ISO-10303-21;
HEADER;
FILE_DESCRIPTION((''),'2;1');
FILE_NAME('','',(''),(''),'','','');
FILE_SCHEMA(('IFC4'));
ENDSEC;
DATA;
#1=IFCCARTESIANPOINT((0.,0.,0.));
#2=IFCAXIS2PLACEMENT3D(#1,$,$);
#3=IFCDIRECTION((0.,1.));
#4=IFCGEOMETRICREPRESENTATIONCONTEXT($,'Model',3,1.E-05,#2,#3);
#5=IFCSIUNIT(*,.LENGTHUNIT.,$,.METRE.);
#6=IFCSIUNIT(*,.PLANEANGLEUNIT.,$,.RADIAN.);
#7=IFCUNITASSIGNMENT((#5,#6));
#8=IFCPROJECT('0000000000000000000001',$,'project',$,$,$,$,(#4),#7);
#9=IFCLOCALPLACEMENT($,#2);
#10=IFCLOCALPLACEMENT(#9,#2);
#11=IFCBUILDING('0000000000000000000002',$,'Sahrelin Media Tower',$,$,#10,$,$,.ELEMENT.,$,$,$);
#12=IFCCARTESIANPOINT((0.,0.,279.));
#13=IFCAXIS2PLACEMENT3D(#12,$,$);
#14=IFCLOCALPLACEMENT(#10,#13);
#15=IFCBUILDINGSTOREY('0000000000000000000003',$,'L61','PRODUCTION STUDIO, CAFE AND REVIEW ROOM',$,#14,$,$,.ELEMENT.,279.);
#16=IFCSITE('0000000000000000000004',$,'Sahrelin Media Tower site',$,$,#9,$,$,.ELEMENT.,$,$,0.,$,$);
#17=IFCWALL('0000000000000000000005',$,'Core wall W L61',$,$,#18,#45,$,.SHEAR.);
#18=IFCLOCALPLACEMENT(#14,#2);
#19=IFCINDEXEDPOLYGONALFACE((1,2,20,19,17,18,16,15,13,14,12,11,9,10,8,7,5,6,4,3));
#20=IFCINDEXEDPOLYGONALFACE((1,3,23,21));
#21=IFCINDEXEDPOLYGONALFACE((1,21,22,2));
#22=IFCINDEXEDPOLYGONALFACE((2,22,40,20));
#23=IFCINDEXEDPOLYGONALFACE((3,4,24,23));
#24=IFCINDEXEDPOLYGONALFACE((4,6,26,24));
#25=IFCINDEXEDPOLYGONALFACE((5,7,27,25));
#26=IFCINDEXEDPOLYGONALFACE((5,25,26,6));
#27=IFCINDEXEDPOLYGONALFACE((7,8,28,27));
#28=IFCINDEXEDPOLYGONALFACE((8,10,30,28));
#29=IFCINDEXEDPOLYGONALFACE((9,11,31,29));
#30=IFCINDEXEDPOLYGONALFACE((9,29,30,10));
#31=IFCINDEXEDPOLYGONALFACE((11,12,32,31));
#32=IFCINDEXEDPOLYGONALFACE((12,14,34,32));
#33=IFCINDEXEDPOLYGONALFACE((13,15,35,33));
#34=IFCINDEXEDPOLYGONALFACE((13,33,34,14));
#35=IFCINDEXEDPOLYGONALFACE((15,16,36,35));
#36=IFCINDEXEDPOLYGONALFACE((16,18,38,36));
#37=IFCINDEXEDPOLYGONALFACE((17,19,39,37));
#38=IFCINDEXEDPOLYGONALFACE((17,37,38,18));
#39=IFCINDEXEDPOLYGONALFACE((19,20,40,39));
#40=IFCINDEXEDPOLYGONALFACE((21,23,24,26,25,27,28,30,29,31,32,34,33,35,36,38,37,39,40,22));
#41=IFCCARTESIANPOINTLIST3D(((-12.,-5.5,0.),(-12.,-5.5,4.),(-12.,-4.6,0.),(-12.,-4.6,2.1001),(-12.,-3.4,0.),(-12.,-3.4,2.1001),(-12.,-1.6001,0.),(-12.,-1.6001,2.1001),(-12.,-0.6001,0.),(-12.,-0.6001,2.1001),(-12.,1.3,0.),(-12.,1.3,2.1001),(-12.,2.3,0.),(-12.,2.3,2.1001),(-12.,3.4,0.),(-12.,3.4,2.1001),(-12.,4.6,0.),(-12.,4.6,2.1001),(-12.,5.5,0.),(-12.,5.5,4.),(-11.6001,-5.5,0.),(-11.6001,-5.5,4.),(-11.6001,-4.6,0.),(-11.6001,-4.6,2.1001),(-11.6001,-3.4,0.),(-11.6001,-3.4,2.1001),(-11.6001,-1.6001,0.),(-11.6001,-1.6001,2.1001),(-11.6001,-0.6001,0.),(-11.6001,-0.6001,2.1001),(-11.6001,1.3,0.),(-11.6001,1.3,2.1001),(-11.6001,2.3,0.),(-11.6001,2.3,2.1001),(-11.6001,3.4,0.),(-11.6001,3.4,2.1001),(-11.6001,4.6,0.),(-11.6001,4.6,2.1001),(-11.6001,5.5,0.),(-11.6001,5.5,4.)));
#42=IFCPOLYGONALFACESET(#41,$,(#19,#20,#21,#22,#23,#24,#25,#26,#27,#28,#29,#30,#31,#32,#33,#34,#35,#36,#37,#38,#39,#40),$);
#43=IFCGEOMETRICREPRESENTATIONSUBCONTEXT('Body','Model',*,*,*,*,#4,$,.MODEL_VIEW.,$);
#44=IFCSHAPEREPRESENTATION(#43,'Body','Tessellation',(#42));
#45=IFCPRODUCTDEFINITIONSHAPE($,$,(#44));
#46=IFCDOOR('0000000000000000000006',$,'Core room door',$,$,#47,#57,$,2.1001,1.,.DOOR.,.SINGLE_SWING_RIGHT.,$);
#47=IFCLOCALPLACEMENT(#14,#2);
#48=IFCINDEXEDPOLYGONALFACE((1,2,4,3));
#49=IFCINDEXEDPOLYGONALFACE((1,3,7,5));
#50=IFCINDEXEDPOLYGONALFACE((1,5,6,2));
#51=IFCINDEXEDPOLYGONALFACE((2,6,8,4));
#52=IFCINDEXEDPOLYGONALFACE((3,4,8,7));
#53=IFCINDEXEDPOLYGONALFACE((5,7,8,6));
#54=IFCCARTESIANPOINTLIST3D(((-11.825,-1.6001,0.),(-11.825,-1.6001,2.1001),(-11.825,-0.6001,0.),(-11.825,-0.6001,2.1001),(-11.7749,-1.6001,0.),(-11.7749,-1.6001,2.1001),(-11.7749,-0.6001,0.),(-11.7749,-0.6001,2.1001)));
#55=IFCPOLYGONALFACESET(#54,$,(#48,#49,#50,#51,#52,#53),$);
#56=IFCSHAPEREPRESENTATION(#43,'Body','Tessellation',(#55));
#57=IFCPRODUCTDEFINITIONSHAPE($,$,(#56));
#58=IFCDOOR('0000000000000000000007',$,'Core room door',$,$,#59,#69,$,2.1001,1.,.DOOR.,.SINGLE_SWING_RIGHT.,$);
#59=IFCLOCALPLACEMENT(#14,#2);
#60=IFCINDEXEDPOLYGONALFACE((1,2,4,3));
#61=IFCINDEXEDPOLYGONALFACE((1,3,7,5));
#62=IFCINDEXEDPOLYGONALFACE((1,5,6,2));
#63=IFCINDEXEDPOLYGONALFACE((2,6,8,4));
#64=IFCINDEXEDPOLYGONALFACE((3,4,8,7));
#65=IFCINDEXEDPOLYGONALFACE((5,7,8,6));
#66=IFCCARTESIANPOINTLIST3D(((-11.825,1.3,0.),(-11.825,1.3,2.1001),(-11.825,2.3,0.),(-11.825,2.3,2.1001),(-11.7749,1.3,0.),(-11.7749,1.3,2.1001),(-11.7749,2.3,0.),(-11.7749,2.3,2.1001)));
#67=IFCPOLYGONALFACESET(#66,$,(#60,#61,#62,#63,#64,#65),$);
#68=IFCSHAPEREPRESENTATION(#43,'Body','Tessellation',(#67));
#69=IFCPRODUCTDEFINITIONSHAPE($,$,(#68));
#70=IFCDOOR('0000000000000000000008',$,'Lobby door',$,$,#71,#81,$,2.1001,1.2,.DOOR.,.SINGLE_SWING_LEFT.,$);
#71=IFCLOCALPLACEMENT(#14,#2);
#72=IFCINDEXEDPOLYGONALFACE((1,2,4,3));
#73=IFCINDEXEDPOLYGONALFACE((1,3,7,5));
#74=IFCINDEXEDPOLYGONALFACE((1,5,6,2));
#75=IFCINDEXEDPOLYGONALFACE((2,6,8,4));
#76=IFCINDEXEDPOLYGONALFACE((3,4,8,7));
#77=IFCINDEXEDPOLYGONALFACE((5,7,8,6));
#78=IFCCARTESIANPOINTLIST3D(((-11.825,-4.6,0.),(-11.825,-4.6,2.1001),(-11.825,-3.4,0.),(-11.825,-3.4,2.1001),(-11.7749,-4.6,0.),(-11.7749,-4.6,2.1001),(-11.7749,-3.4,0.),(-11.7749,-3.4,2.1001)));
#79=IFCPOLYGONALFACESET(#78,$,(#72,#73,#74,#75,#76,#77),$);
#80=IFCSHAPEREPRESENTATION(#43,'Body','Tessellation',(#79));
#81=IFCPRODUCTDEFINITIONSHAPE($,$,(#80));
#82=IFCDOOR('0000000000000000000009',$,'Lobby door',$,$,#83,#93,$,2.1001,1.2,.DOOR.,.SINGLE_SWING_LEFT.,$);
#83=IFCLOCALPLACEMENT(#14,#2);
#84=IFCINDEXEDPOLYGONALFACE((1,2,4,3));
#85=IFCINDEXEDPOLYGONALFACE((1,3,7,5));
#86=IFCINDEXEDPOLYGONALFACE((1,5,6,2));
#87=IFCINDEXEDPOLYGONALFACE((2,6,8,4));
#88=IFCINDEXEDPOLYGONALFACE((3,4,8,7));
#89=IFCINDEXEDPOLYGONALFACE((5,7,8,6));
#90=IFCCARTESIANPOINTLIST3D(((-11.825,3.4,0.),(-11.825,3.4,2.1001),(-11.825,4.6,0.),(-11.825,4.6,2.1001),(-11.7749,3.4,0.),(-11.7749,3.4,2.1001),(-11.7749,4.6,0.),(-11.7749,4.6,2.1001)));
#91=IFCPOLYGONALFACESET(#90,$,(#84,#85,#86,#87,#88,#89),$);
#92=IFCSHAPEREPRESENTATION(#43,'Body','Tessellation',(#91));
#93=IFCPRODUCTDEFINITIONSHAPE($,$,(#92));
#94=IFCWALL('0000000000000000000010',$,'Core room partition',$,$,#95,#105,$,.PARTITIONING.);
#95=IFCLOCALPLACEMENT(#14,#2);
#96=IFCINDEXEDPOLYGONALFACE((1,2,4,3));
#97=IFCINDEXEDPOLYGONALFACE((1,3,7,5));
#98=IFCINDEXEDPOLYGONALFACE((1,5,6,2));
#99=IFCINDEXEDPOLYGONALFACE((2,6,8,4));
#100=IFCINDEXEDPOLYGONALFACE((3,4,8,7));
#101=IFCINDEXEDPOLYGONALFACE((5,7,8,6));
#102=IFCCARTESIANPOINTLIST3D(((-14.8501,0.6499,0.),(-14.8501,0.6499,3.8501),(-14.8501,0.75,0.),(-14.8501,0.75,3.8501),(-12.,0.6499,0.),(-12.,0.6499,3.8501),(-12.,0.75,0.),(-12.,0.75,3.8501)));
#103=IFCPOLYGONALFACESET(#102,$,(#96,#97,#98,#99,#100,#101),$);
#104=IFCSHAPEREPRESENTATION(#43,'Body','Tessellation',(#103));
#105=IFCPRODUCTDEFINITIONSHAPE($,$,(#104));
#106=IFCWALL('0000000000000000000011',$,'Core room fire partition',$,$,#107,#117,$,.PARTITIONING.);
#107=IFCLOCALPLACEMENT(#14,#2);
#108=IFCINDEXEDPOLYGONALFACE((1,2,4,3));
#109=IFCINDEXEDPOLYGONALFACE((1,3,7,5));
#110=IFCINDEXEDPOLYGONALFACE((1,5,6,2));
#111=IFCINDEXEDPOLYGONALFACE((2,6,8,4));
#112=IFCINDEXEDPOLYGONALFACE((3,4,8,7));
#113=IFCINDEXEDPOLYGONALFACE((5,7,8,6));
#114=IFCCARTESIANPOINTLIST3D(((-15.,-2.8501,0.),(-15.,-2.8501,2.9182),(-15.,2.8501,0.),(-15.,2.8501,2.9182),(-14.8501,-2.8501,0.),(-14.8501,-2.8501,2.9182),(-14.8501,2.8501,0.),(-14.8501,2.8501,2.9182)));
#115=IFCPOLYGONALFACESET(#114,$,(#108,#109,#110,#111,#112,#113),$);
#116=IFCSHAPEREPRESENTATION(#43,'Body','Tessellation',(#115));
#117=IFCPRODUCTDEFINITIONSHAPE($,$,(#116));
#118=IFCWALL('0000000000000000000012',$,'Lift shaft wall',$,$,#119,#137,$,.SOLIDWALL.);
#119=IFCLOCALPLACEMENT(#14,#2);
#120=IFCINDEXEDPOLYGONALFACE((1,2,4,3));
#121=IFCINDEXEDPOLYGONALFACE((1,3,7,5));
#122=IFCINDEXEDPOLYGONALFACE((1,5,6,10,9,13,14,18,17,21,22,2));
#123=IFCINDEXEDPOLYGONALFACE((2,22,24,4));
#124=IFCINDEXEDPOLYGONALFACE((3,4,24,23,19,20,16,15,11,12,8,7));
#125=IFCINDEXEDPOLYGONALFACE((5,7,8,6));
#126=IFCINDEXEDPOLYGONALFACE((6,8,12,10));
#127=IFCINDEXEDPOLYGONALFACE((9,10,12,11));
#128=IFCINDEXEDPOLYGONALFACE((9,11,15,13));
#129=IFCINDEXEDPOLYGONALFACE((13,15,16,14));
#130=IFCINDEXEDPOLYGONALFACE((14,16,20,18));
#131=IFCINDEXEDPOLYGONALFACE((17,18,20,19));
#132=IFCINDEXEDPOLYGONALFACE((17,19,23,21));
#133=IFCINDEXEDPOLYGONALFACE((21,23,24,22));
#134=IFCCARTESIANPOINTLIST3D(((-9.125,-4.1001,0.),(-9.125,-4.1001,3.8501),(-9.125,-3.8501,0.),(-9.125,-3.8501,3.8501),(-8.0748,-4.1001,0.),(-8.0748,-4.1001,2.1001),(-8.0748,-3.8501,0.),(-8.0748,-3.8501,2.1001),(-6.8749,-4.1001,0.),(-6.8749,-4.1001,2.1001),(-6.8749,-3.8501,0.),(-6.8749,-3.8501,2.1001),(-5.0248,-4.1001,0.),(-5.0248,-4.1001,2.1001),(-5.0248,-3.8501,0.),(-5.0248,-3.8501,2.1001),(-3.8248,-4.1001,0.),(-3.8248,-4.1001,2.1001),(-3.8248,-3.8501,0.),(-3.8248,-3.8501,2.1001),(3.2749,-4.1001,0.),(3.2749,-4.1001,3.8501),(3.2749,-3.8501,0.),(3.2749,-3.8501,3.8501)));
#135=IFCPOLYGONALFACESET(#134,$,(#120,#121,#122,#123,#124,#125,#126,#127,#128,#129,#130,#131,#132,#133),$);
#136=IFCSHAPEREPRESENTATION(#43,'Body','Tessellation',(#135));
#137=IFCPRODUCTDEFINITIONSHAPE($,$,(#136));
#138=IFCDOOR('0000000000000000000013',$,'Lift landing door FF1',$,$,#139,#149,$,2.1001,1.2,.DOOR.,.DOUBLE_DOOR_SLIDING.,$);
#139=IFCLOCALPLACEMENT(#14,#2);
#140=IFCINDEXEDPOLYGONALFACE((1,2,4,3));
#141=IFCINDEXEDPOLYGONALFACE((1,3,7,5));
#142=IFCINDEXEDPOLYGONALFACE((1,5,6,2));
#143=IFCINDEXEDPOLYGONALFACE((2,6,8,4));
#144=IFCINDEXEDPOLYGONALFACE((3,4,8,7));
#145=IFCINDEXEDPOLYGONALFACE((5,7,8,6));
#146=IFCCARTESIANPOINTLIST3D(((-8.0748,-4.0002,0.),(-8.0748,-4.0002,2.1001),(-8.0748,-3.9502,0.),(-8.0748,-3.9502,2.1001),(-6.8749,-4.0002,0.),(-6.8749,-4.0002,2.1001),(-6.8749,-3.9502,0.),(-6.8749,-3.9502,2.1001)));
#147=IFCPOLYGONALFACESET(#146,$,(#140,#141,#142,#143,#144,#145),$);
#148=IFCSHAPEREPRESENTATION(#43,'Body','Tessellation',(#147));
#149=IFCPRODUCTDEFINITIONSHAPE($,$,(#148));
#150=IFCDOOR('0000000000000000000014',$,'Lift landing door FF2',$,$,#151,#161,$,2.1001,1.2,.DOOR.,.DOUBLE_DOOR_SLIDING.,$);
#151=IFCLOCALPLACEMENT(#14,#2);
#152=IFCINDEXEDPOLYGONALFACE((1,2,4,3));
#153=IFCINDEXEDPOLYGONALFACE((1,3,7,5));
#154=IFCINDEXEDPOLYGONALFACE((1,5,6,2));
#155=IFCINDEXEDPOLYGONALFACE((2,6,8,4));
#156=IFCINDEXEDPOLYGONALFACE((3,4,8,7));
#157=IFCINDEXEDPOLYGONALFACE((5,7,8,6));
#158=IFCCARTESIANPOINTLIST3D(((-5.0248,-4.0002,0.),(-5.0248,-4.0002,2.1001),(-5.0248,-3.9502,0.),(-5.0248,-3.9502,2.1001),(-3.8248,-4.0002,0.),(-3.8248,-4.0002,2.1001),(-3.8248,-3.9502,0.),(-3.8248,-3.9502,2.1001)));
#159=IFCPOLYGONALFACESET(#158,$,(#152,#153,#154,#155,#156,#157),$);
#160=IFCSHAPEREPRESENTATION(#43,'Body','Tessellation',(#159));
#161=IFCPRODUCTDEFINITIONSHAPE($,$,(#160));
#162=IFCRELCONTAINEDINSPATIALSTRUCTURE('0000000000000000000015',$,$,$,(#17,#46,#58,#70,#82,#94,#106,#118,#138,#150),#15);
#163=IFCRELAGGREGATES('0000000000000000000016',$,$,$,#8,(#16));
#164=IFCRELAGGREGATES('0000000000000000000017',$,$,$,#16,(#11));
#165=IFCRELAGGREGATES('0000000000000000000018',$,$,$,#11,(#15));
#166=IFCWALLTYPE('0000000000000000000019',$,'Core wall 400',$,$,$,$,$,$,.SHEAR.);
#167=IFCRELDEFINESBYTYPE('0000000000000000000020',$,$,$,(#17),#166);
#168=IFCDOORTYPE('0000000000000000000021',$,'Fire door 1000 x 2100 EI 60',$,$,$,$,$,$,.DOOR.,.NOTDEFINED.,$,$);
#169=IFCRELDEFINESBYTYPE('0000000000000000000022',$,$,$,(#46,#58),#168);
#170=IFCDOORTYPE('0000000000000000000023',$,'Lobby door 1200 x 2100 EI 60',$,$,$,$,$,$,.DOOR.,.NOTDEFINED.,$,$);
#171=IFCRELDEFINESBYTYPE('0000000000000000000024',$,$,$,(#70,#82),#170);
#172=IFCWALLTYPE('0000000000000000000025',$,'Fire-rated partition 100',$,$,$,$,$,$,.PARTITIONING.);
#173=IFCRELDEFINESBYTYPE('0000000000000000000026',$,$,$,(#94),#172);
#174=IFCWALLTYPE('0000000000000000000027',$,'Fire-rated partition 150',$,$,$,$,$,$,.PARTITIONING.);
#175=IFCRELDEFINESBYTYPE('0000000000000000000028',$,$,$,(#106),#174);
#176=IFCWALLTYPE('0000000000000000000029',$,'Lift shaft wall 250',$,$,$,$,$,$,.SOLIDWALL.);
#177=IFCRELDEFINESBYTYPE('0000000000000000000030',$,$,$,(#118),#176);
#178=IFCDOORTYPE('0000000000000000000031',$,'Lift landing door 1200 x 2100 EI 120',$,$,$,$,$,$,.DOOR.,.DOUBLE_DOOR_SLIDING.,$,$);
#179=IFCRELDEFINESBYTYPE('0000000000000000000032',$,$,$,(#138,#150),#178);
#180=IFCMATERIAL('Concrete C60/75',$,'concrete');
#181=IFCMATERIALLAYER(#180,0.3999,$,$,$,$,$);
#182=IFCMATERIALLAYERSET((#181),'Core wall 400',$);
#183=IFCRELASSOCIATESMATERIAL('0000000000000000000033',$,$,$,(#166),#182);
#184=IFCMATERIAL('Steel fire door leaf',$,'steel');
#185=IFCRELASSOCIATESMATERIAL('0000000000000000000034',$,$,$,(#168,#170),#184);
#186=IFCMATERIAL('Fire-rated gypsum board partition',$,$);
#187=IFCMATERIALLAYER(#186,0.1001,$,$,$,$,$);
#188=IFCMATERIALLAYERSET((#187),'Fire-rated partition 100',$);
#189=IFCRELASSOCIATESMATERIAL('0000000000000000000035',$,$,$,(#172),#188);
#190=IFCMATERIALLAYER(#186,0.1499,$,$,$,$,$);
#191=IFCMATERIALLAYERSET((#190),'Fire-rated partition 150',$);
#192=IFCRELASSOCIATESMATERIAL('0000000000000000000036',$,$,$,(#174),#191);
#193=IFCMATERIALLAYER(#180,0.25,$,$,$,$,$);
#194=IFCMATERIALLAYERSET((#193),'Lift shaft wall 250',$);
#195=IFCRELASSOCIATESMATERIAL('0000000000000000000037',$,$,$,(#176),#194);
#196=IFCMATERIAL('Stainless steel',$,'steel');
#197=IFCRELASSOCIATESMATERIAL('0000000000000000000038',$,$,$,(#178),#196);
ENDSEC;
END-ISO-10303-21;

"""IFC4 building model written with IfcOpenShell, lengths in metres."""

from ifc_helpers import new_model, si_unit, direction, frame, frame_2d, origin, place, context, subcontext, project, spatial, rectangle, extrude, material, layer, layer_set, type_object, element, fill, save


model = new_model("IFC4")

# Units and contexts
model_context = context("Model", 3, precision=1e-05, world=origin(), true_north=direction((0.0, 1.0)))
body_context = subcontext(model_context, "Body", "Model", "MODEL_VIEW")
ifc_project = project(units=[si_unit("LENGTHUNIT", "METRE"), si_unit("PLANEANGLEUNIT", "RADIAN")], contexts=[model_context])

# Site, building, storey
site_placement = place(None, origin())
site = spatial("IfcSite", under=ifc_project, at=site_placement, Name="Sahrelin Media Tower site", CompositionType="ELEMENT", RefElevation=0.0)
building_placement = place(site_placement, origin())
building = spatial("IfcBuilding", under=site, at=building_placement, Name="Sahrelin Media Tower", CompositionType="ELEMENT")
storey_placement = place(building_placement, frame((0.0, 0.0, 279.0)))
storey = spatial("IfcBuildingStorey", under=building, at=storey_placement, Name="L61", Description="PRODUCTION STUDIO, CAFE AND REVIEW ROOM", CompositionType="ELEMENT", Elevation=279.0)

# Wall, openings, doors
ifc_material_1 = material(Name="Concrete C60/75", Category="concrete")
ifc_layer_1 = layer(ifc_material_1, 0.3999)
ifc_layer_set_1 = layer_set([ifc_layer_1], Name="Core wall 400")
wall_type_1 = type_object("IfcWallType", Name="Core wall 400", PredefinedType="SHEAR", material=ifc_layer_set_1)
wall_1_placement = place(storey_placement, frame((-11.8, -5.5, 0.0), z_axis=(0.0, 0.0, 1.0), x_axis=(0.0, 1.0, 0.0)))
wall_1 = element("IfcWall", 1, at=wall_1_placement, inside=storey, type_object=wall_type_1, Name="Core wall W L61", PredefinedType="SHEAR", context=body_context, shape_type="SweptSolid", body=[
    extrude(rectangle(XDim=11.0, YDim=0.3999, at=frame_2d((5.5, 0.0))), origin(), (0.0, 0.0, 1.0), 4.0),
])
opening_1_placement = place(wall_1_placement, frame((3.8999, 0.0, 0.0)))
opening_1 = element("IfcOpeningElement", 2, at=opening_1_placement, cuts=wall_1, PredefinedType="OPENING", context=body_context, shape_type="SweptSolid", body=[
    extrude(rectangle(XDim=1.0, YDim=2.1001, at=frame_2d((0.5, 1.05))), frame((0.0, 0.2, 0.0), z_axis=(0.0, -1.0, 0.0), x_axis=(1.0, 0.0, 0.0)), (0.0, 0.0, 1.0), 0.3999),
])
opening_2_placement = place(wall_1_placement, frame((6.8, 0.0, 0.0)))
opening_2 = element("IfcOpeningElement", 3, at=opening_2_placement, cuts=wall_1, PredefinedType="OPENING", context=body_context, shape_type="SweptSolid", body=[
    extrude(rectangle(XDim=1.0, YDim=2.1001, at=frame_2d((0.5, 1.05))), frame((0.0, 0.2, 0.0), z_axis=(0.0, -1.0, 0.0), x_axis=(1.0, 0.0, 0.0)), (0.0, 0.0, 1.0), 0.3999),
])
opening_3_placement = place(wall_1_placement, frame((0.8999, 0.0, 0.0)))
opening_3 = element("IfcOpeningElement", 4, at=opening_3_placement, cuts=wall_1, PredefinedType="OPENING", context=body_context, shape_type="SweptSolid", body=[
    extrude(rectangle(XDim=1.2, YDim=2.1001, at=frame_2d((0.6001, 1.05))), frame((0.0, 0.2, 0.0), z_axis=(0.0, -1.0, 0.0), x_axis=(1.0, 0.0, 0.0)), (0.0, 0.0, 1.0), 0.3999),
])
opening_4_placement = place(wall_1_placement, frame((8.8999, 0.0, 0.0)))
opening_4 = element("IfcOpeningElement", 5, at=opening_4_placement, cuts=wall_1, PredefinedType="OPENING", context=body_context, shape_type="SweptSolid", body=[
    extrude(rectangle(XDim=1.2, YDim=2.1001, at=frame_2d((0.6001, 1.05))), frame((0.0, 0.2, 0.0), z_axis=(0.0, -1.0, 0.0), x_axis=(1.0, 0.0, 0.0)), (0.0, 0.0, 1.0), 0.3999),
])
ifc_material_2 = material(Name="Steel fire door leaf", Category="steel")
door_type_1 = type_object("IfcDoorType", Name="Fire door 1000 x 2100 EI 60", OperationType="NOTDEFINED", PredefinedType="DOOR", material=ifc_material_2)
door_1_placement = place(opening_1_placement, origin())
door_1 = element("IfcDoor", 6, at=door_1_placement, inside=storey, type_object=door_type_1, Name="Core room door", OperationType="SINGLE_SWING_RIGHT", OverallHeight=2.1001, OverallWidth=1.0, PredefinedType="DOOR", context=body_context, shape_type="SweptSolid", body=[
    extrude(rectangle(XDim=1.0, YDim=2.1001, at=frame_2d((0.5, 1.05))), frame((0.0, 0.0249, 0.0), z_axis=(0.0, -1.0, 0.0), x_axis=(1.0, 0.0, 0.0)), (0.0, 0.0, 1.0), 0.05),
])
fill(opening_1, door_1)
door_2_placement = place(opening_2_placement, origin())
door_2 = element("IfcDoor", 7, at=door_2_placement, inside=storey, type_object=door_type_1, Name="Core room door", OperationType="SINGLE_SWING_RIGHT", OverallHeight=2.1001, OverallWidth=1.0, PredefinedType="DOOR", context=body_context, shape_type="SweptSolid", body=[
    extrude(rectangle(XDim=1.0, YDim=2.1001, at=frame_2d((0.5, 1.05))), frame((0.0, 0.0249, 0.0), z_axis=(0.0, -1.0, 0.0), x_axis=(1.0, 0.0, 0.0)), (0.0, 0.0, 1.0), 0.05),
])
fill(opening_2, door_2)
door_type_2 = type_object("IfcDoorType", Name="Lobby door 1200 x 2100 EI 60", OperationType="NOTDEFINED", PredefinedType="DOOR", material=ifc_material_2)
door_3_placement = place(opening_3_placement, origin())
door_3 = element("IfcDoor", 8, at=door_3_placement, inside=storey, type_object=door_type_2, Name="Lobby door", OperationType="SINGLE_SWING_LEFT", OverallHeight=2.1001, OverallWidth=1.2, PredefinedType="DOOR", context=body_context, shape_type="SweptSolid", body=[
    extrude(rectangle(XDim=1.2, YDim=2.1001, at=frame_2d((0.6001, 1.05))), frame((0.0, 0.0249, 0.0), z_axis=(0.0, -1.0, 0.0), x_axis=(1.0, 0.0, 0.0)), (0.0, 0.0, 1.0), 0.05),
])
fill(opening_3, door_3)
door_4_placement = place(opening_4_placement, origin())
door_4 = element("IfcDoor", 9, at=door_4_placement, inside=storey, type_object=door_type_2, Name="Lobby door", OperationType="SINGLE_SWING_LEFT", OverallHeight=2.1001, OverallWidth=1.2, PredefinedType="DOOR", context=body_context, shape_type="SweptSolid", body=[
    extrude(rectangle(XDim=1.2, YDim=2.1001, at=frame_2d((0.6001, 1.05))), frame((0.0, 0.0249, 0.0), z_axis=(0.0, -1.0, 0.0), x_axis=(1.0, 0.0, 0.0)), (0.0, 0.0, 1.0), 0.05),
])
fill(opening_4, door_4)

# Walls
ifc_material_3 = material(Name="Fire-rated gypsum board partition")
ifc_layer_2 = layer(ifc_material_3, 0.1001)
ifc_layer_set_2 = layer_set([ifc_layer_2], Name="Fire-rated partition 100")
wall_type_2 = type_object("IfcWallType", Name="Fire-rated partition 100", PredefinedType="PARTITIONING", material=ifc_layer_set_2)
wall_2_placement = place(storey_placement, frame((-14.8501, 0.7, 0.0), z_axis=(0.0, 0.0, 1.0), x_axis=(1.0, 0.0, 0.0)))
element("IfcWall", 10, at=wall_2_placement, inside=storey, type_object=wall_type_2, Name="Core room partition", PredefinedType="PARTITIONING", context=body_context, shape_type="SweptSolid", body=[
    extrude(rectangle(XDim=2.8501, YDim=0.1001, at=frame_2d((1.425, 0.0))), origin(), (0.0, 0.0, 1.0), 3.8501),
])
ifc_layer_3 = layer(ifc_material_3, 0.1499)
ifc_layer_set_3 = layer_set([ifc_layer_3], Name="Fire-rated partition 150")
wall_type_3 = type_object("IfcWallType", Name="Fire-rated partition 150", PredefinedType="PARTITIONING", material=ifc_layer_set_3)
wall_3_placement = place(storey_placement, frame((-14.925, -2.8501, 0.0), z_axis=(0.0, 0.0, 1.0), x_axis=(0.0, 1.0, 0.0)))
element("IfcWall", 11, at=wall_3_placement, inside=storey, type_object=wall_type_3, Name="Core room fire partition", PredefinedType="PARTITIONING", context=body_context, shape_type="SweptSolid", body=[
    extrude(rectangle(XDim=5.7002, YDim=0.1499, at=frame_2d((2.8501, 0.0))), origin(), (0.0, 0.0, 1.0), 2.9182),
])

# Wall, openings, doors
ifc_layer_4 = layer(ifc_material_1, 0.25)
ifc_layer_set_4 = layer_set([ifc_layer_4], Name="Lift shaft wall 250")
wall_type_4 = type_object("IfcWallType", Name="Lift shaft wall 250", PredefinedType="SOLIDWALL", material=ifc_layer_set_4)
wall_4_placement = place(storey_placement, frame((-9.125, -3.9751, 0.0), z_axis=(0.0, 0.0, 1.0), x_axis=(1.0, 0.0, 0.0)))
wall_4 = element("IfcWall", 12, at=wall_4_placement, inside=storey, type_object=wall_type_4, Name="Lift shaft wall", PredefinedType="SOLIDWALL", context=body_context, shape_type="SweptSolid", body=[
    extrude(rectangle(XDim=12.3999, YDim=0.25, at=frame_2d((6.2, 0.0))), origin(), (0.0, 0.0, 1.0), 3.8501),
])
opening_5_placement = place(wall_4_placement, frame((1.05, 0.0, 0.0)))
opening_5 = element("IfcOpeningElement", 13, at=opening_5_placement, cuts=wall_4, PredefinedType="OPENING", context=body_context, shape_type="SweptSolid", body=[
    extrude(rectangle(XDim=1.2, YDim=2.1001, at=frame_2d((0.6001, 1.05))), frame((0.0, 0.125, 0.0), z_axis=(0.0, -1.0, 0.0), x_axis=(1.0, 0.0, 0.0)), (0.0, 0.0, 1.0), 0.25),
])
opening_6_placement = place(wall_4_placement, frame((4.1001, 0.0, 0.0)))
opening_6 = element("IfcOpeningElement", 14, at=opening_6_placement, cuts=wall_4, PredefinedType="OPENING", context=body_context, shape_type="SweptSolid", body=[
    extrude(rectangle(XDim=1.2, YDim=2.1001, at=frame_2d((0.6001, 1.05))), frame((0.0, 0.125, 0.0), z_axis=(0.0, -1.0, 0.0), x_axis=(1.0, 0.0, 0.0)), (0.0, 0.0, 1.0), 0.25),
])
ifc_material_4 = material(Name="Stainless steel", Category="steel")
door_type_3 = type_object("IfcDoorType", Name="Lift landing door 1200 x 2100 EI 120", OperationType="DOUBLE_DOOR_SLIDING", PredefinedType="DOOR", material=ifc_material_4)
door_5_placement = place(opening_5_placement, origin())
door_5 = element("IfcDoor", 15, at=door_5_placement, inside=storey, type_object=door_type_3, Name="Lift landing door FF1", OperationType="DOUBLE_DOOR_SLIDING", OverallHeight=2.1001, OverallWidth=1.2, PredefinedType="DOOR", context=body_context, shape_type="SweptSolid", body=[
    extrude(rectangle(XDim=1.2, YDim=2.1001, at=frame_2d((0.6001, 1.05))), frame((0.0, 0.0249, 0.0), z_axis=(0.0, -1.0, 0.0), x_axis=(1.0, 0.0, 0.0)), (0.0, 0.0, 1.0), 0.05),
])
fill(opening_5, door_5)
door_6_placement = place(opening_6_placement, origin())
door_6 = element("IfcDoor", 16, at=door_6_placement, inside=storey, type_object=door_type_3, Name="Lift landing door FF2", OperationType="DOUBLE_DOOR_SLIDING", OverallHeight=2.1001, OverallWidth=1.2, PredefinedType="DOOR", context=body_context, shape_type="SweptSolid", body=[
    extrude(rectangle(XDim=1.2, YDim=2.1001, at=frame_2d((0.6001, 1.05))), frame((0.0, 0.0249, 0.0), z_axis=(0.0, -1.0, 0.0), x_axis=(1.0, 0.0, 0.0)), (0.0, 0.0, 1.0), 0.05),
])
fill(opening_6, door_6)

save(model, "model.ifc")
